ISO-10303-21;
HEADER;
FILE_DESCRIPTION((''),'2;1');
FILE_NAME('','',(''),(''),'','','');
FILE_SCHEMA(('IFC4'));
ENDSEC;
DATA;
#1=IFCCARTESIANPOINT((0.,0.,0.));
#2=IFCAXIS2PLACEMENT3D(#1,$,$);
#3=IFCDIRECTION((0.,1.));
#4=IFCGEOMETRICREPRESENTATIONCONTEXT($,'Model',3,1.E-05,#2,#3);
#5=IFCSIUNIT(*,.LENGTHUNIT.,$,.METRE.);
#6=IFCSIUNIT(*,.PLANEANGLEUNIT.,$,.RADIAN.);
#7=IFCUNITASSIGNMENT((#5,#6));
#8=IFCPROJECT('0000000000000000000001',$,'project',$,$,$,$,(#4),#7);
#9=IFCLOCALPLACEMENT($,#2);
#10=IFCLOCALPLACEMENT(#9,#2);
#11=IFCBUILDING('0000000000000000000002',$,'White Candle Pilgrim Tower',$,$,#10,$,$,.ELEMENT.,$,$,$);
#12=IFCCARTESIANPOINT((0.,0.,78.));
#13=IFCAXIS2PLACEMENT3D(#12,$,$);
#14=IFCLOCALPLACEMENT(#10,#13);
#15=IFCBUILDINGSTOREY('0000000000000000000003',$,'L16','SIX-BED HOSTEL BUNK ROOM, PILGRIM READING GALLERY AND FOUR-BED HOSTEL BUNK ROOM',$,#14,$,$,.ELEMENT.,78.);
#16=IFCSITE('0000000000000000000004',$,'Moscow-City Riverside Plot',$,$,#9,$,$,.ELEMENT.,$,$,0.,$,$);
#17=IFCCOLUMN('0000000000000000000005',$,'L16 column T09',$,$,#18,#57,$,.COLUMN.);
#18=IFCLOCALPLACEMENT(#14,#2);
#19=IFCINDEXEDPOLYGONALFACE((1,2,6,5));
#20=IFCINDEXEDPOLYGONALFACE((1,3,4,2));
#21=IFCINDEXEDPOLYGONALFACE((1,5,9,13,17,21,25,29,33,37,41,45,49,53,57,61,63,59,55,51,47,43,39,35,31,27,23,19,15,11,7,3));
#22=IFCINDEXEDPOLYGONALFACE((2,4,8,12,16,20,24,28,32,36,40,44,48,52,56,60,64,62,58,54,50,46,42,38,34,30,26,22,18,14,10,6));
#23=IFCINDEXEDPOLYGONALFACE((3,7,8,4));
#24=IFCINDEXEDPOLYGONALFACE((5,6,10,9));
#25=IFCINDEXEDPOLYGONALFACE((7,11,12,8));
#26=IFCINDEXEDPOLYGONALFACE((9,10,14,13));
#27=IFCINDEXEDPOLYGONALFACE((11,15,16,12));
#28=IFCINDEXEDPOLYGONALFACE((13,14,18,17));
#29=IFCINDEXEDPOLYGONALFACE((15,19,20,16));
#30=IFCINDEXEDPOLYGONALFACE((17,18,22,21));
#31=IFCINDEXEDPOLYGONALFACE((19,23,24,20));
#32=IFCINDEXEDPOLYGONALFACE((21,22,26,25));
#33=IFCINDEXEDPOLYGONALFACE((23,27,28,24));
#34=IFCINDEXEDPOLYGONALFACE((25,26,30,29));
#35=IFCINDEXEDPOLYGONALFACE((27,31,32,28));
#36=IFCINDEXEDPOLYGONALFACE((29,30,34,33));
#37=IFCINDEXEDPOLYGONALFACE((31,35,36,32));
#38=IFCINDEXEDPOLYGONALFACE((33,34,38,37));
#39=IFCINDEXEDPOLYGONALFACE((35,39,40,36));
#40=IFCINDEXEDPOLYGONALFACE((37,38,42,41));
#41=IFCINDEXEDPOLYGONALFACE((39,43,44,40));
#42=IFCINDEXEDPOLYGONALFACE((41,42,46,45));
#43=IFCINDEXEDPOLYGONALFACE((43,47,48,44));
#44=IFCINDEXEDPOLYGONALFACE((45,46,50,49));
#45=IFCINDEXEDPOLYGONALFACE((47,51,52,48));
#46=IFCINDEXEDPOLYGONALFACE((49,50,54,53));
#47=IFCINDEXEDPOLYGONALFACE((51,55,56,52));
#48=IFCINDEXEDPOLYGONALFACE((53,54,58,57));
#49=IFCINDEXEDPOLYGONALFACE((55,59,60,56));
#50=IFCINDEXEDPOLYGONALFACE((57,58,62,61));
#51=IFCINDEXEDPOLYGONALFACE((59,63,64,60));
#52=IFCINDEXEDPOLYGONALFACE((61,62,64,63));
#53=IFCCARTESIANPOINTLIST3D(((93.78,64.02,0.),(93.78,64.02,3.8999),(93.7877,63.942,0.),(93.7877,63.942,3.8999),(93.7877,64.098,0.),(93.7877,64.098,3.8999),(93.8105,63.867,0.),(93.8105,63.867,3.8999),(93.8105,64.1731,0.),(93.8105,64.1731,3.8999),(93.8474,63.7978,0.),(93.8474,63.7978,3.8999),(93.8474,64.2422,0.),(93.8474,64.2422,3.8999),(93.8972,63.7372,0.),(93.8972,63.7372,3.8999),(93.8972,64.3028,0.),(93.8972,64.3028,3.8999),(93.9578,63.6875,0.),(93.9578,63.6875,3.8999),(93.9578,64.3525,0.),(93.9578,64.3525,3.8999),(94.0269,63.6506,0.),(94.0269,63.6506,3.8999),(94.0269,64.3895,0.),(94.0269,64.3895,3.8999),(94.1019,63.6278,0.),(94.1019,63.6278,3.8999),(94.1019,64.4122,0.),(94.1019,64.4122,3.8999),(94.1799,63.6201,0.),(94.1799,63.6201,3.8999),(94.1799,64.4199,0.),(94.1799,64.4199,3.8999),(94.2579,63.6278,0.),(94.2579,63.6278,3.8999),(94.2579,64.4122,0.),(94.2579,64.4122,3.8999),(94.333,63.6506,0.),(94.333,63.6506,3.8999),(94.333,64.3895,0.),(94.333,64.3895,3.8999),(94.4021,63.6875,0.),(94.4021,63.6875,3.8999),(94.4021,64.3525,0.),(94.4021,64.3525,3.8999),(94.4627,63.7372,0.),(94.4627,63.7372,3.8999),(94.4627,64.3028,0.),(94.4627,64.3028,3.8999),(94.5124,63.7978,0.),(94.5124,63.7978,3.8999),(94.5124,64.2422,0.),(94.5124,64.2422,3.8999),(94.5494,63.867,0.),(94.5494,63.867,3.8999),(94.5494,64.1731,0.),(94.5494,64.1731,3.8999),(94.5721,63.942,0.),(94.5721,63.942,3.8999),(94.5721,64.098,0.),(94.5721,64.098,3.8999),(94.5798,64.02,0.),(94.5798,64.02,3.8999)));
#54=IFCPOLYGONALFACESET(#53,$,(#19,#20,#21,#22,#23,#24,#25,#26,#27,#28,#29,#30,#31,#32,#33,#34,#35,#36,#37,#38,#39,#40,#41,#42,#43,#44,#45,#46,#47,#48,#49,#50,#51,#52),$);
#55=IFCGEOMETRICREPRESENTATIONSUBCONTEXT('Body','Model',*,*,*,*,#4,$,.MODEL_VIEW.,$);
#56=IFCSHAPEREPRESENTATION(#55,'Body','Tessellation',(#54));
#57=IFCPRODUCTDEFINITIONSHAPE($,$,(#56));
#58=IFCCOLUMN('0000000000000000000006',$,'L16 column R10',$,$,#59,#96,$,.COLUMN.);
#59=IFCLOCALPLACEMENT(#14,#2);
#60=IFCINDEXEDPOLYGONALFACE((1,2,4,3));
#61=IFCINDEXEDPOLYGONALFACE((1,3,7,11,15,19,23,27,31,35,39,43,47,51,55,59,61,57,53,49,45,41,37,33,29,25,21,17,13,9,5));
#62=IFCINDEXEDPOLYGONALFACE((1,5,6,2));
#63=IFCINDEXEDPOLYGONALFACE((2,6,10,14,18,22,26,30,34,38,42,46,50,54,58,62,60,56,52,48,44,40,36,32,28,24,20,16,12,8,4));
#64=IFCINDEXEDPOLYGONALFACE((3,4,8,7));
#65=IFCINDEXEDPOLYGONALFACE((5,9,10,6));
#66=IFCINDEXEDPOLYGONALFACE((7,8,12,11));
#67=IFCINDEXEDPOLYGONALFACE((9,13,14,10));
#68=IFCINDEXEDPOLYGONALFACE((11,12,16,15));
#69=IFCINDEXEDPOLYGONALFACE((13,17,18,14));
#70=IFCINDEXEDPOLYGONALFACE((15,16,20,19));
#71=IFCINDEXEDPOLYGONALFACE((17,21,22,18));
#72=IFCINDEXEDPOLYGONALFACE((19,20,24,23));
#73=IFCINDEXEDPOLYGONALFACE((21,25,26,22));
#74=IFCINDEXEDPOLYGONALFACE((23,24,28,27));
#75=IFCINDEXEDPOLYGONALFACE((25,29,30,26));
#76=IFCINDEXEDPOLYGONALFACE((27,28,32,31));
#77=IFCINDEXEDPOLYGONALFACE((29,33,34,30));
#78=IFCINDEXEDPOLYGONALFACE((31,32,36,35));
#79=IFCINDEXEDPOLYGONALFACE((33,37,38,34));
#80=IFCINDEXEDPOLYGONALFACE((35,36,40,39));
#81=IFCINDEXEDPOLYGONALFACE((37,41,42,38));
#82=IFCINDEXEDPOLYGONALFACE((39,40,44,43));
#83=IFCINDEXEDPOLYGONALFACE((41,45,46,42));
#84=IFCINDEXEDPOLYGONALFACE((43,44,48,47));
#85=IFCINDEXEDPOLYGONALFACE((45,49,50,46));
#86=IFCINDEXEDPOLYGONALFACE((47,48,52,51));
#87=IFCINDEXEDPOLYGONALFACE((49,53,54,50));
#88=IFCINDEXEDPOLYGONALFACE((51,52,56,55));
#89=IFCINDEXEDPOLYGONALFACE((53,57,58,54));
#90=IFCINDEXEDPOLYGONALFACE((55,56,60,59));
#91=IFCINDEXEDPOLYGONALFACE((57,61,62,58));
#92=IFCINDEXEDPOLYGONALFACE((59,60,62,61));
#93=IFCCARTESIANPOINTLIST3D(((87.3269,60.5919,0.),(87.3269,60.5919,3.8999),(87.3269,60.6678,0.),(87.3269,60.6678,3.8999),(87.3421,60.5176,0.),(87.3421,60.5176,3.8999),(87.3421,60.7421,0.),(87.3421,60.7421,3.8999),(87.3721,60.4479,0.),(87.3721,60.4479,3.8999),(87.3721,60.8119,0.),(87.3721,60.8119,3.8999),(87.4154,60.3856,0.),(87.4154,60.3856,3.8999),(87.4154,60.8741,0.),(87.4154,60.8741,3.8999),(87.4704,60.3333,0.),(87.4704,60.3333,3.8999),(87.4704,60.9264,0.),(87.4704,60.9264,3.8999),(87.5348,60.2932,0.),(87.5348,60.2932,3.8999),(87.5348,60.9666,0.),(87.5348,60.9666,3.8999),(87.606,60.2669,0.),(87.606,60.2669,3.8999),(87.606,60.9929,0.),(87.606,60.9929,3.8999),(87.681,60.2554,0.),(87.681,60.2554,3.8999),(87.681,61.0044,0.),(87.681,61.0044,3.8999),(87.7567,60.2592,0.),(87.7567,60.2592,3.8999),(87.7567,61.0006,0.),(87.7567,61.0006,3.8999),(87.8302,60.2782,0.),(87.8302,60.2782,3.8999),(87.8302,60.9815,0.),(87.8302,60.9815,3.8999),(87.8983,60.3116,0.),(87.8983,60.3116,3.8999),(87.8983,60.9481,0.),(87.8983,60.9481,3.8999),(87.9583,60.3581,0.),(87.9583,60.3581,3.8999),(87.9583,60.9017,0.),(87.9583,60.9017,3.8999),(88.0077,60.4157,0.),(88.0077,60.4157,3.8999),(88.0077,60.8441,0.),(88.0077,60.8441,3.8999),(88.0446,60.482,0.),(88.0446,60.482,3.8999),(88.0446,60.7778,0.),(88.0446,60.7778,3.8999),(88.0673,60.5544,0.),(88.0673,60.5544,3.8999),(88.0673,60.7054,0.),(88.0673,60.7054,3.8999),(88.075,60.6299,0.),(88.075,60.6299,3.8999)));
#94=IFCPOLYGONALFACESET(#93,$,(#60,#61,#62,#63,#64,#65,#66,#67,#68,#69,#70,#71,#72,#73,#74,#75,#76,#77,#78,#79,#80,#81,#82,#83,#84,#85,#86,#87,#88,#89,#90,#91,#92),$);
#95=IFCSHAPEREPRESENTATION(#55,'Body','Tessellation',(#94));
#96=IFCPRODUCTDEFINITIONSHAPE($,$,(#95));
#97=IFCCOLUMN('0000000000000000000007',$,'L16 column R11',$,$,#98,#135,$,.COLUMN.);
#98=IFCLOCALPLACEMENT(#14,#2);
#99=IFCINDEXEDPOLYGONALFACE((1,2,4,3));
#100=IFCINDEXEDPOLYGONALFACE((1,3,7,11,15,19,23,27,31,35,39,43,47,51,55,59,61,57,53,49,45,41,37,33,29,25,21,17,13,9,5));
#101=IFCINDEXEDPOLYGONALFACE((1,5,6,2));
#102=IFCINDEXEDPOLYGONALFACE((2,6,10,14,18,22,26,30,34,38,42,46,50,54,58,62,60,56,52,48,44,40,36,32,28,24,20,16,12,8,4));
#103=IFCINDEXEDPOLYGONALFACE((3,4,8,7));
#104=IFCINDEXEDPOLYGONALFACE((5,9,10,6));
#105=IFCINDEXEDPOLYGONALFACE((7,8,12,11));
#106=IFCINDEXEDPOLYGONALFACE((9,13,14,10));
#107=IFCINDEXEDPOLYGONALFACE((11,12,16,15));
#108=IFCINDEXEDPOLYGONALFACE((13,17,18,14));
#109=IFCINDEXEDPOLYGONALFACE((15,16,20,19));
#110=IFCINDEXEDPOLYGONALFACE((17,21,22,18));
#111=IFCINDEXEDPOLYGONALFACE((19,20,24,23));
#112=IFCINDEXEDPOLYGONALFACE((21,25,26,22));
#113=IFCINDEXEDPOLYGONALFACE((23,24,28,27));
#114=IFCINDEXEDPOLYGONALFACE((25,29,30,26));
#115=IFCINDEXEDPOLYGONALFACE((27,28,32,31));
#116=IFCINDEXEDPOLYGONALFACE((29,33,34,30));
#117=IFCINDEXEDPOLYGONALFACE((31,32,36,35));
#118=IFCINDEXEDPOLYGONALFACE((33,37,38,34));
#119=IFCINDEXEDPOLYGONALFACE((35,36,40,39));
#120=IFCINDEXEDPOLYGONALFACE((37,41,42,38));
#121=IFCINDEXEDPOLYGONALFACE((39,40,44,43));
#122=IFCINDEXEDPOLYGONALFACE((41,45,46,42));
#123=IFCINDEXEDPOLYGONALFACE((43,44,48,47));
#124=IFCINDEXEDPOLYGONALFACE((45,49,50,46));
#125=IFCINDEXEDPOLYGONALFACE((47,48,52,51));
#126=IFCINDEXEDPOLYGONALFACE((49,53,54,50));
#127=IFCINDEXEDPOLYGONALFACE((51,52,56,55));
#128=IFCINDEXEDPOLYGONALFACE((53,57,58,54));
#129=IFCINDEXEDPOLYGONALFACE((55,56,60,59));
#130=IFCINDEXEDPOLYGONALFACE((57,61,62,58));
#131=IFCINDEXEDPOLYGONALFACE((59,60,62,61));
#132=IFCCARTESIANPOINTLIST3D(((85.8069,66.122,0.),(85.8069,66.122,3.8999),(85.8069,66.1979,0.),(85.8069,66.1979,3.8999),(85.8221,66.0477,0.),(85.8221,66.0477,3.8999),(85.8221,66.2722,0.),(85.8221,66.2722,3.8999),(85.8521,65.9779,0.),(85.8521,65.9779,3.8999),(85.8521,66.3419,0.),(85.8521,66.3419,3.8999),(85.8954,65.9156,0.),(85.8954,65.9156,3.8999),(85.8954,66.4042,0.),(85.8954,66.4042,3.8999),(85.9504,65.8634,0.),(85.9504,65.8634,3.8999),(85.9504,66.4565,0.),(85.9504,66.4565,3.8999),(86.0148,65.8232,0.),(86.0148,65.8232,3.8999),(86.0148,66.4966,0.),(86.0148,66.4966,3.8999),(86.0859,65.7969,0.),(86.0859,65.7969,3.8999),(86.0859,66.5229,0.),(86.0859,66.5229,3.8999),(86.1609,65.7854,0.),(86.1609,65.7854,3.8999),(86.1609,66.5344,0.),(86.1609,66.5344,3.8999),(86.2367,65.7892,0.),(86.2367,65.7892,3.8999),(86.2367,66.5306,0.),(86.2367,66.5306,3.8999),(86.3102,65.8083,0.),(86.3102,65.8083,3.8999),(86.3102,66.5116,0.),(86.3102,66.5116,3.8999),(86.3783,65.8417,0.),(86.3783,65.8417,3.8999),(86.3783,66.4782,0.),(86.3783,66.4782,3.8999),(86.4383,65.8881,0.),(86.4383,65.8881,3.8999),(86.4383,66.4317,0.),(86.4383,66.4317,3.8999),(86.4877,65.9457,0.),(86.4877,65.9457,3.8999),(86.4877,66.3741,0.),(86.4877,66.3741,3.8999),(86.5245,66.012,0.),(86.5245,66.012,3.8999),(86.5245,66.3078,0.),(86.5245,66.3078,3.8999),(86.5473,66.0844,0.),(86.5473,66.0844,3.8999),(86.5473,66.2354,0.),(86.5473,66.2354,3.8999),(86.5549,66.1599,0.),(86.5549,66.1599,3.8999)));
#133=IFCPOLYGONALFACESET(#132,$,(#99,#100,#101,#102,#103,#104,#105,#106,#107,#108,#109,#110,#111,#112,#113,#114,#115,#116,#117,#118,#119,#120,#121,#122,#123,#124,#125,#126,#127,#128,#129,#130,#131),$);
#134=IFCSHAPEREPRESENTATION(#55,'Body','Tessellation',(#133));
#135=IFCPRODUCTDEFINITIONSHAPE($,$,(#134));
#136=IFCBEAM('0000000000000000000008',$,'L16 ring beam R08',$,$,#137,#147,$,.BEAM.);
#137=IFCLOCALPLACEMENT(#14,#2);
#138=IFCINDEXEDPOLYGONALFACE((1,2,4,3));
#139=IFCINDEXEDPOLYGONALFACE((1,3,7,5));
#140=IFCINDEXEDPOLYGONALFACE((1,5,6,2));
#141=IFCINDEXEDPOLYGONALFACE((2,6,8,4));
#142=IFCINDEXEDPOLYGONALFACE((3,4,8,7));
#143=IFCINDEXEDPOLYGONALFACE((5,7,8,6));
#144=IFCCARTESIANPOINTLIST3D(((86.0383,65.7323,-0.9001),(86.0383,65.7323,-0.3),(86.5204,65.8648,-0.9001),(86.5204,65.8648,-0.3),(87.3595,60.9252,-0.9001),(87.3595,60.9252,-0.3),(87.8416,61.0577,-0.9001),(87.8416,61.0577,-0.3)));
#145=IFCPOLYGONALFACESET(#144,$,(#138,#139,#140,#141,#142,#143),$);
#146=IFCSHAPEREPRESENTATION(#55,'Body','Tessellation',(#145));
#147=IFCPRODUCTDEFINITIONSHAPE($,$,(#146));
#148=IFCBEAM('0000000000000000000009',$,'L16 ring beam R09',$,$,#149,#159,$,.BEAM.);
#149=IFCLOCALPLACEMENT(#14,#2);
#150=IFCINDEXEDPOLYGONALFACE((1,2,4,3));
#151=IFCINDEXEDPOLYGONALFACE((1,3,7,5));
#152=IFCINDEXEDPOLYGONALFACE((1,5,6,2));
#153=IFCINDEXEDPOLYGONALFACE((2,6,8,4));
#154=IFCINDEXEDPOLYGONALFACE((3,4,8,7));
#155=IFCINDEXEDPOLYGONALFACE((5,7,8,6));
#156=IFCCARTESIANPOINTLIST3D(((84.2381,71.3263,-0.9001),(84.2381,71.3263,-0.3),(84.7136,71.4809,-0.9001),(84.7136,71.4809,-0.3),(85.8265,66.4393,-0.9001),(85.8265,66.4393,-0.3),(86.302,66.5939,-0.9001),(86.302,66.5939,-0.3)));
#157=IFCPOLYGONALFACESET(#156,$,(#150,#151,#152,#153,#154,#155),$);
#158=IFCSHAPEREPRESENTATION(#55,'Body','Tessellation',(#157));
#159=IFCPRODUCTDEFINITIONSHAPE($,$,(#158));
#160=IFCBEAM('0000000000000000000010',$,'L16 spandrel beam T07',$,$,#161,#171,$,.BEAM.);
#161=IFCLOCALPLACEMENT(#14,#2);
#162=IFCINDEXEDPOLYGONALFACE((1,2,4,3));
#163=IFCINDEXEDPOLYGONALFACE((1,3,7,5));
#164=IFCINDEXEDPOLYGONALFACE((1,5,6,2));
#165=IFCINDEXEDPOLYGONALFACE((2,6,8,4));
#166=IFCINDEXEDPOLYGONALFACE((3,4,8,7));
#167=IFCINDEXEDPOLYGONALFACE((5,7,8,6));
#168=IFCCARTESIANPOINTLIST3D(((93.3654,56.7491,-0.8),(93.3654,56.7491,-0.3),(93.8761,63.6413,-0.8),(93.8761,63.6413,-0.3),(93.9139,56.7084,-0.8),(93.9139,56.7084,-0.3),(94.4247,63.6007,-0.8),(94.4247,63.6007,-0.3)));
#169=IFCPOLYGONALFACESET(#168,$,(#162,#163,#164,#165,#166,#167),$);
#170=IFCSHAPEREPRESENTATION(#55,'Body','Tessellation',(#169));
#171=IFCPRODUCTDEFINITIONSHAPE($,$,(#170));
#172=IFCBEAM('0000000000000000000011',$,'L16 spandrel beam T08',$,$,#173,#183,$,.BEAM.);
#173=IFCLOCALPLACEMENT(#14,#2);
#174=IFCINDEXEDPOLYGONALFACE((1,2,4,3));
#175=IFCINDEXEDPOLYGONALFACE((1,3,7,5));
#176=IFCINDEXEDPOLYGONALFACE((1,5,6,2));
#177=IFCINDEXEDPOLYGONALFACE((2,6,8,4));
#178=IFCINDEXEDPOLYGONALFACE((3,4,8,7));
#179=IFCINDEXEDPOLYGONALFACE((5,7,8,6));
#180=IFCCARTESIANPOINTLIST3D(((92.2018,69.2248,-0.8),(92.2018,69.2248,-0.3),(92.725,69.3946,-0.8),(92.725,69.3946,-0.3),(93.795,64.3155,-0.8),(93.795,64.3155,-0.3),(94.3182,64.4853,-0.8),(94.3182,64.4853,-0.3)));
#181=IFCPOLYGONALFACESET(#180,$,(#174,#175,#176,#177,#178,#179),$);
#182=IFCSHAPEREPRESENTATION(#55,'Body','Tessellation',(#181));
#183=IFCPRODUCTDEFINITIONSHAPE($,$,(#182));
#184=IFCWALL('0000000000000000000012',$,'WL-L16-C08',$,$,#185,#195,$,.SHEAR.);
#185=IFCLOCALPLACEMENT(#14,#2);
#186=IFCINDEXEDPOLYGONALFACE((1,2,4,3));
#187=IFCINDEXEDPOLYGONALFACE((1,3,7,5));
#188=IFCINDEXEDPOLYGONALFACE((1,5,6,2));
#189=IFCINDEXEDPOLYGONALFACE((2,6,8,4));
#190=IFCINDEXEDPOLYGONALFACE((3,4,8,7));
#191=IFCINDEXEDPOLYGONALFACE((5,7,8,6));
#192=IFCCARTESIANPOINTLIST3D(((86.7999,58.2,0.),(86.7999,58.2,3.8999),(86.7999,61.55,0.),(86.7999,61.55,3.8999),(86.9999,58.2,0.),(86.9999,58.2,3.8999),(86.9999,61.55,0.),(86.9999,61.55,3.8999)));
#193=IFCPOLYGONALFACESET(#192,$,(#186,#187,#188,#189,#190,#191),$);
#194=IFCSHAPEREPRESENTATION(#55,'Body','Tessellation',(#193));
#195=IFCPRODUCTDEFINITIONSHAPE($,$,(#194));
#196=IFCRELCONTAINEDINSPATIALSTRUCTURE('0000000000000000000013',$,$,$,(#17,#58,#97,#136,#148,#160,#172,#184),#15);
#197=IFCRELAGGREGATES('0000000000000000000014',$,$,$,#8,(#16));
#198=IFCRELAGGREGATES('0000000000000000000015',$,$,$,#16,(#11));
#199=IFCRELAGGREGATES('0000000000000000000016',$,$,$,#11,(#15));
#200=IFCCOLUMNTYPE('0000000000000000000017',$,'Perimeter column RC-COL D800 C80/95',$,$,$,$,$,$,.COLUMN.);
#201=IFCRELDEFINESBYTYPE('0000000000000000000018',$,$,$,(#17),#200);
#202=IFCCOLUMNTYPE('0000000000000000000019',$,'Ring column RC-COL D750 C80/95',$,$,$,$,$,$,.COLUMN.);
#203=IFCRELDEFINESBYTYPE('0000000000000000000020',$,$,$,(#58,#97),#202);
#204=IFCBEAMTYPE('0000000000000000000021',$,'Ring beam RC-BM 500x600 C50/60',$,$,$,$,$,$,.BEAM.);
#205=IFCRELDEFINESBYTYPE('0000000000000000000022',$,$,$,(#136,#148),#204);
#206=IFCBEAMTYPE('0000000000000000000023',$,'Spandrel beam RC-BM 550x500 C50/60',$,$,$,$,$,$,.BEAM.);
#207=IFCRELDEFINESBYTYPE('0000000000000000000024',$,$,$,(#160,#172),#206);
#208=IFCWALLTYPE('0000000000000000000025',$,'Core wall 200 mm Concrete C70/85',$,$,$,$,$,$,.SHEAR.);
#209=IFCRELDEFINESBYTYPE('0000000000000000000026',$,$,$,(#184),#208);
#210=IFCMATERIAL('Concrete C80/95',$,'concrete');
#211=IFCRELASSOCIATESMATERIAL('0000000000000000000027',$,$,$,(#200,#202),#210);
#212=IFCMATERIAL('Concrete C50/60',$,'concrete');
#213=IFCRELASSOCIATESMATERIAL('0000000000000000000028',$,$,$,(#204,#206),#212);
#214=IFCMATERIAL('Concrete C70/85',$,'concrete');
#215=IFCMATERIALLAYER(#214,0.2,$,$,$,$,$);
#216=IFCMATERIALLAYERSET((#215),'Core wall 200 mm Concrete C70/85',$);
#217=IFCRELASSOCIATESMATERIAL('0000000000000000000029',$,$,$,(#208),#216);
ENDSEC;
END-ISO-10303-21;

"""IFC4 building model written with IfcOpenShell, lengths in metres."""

from ifc_helpers import new_model, si_unit, direction, frame, frame_2d, origin, origin_2d, place, context, subcontext, project, spatial, rectangle, circle, extrude, material, layer, layer_set, material_profile, profile_set, type_object, element, save


model = new_model("IFC4")

# Units and contexts
model_context = context("Model", 3, precision=1e-05, world=origin(), true_north=direction((0.0, 1.0)))
body_context = subcontext(model_context, "Body", "Model", "MODEL_VIEW")
ifc_project = project(units=[si_unit("LENGTHUNIT", "METRE"), si_unit("PLANEANGLEUNIT", "RADIAN")], contexts=[model_context])

# Site, building, storey
site_placement = place(None, origin())
site = spatial("IfcSite", under=ifc_project, at=site_placement, Name="Moscow-City Riverside Plot", CompositionType="ELEMENT", RefElevation=0.0)
building_placement = place(site_placement, origin())
building = spatial("IfcBuilding", under=site, at=building_placement, Name="White Candle Pilgrim Tower", CompositionType="ELEMENT")
storey_placement = place(building_placement, frame((0.0, 0.0, 78.0)))
storey = spatial("IfcBuildingStorey", under=building, at=storey_placement, Name="L16", Description="SIX-BED HOSTEL BUNK ROOM, PILGRIM READING GALLERY AND FOUR-BED HOSTEL BUNK ROOM", CompositionType="ELEMENT", Elevation=78.0)

# Columns
ifc_material_1 = material(Name="Concrete C80/95", Category="concrete")
ifc_material_profile_1 = material_profile(ifc_material_1, circle(Radius=0.3999, at=origin_2d()), Name="RC-COL D800")
ifc_profile_set_1 = profile_set([ifc_material_profile_1], Name="Concrete C80/95")
column_type_1 = type_object("IfcColumnType", Name="Perimeter column RC-COL D800 C80/95", PredefinedType="COLUMN", material=ifc_profile_set_1)
column_placement = place(storey_placement, frame((94.1799, 64.02, 0.0), z_axis=(0.0, 0.0, 1.0), x_axis=(1.0, 0.0, 0.0)))
element("IfcColumn", 1, at=column_placement, inside=storey, type_object=column_type_1, Name="L16 column T09", PredefinedType="COLUMN", context=body_context, shape_type="SweptSolid", body=[
    extrude(circle(Radius=0.3999, at=origin_2d()), origin(), (0.0, 0.0, 1.0), 3.8999),
])
ifc_material_profile_2 = material_profile(ifc_material_1, circle(Radius=0.375, at=origin_2d()), Name="RC-COL D750")
ifc_profile_set_2 = profile_set([ifc_material_profile_2], Name="Concrete C80/95")
column_type_2 = type_object("IfcColumnType", Name="Ring column RC-COL D750 C80/95", PredefinedType="COLUMN", material=ifc_profile_set_2)
for number, where, z_axis, x_axis, name in (
    (2, (87.7, 60.6299, 0.0), (0.0, 0.0, 1.0), (1.0, 0.0, 0.0), "L16 column R10"),
    (3, (86.1799, 66.1599, 0.0), (0.0, 0.0, 1.0), (1.0, 0.0, 0.0), "L16 column R11"),
):
    element("IfcColumn", number, at=place(storey_placement, frame(where, z_axis=z_axis, x_axis=x_axis)), inside=storey, type_object=column_type_2, Name=name, PredefinedType="COLUMN", context=body_context, shape_type="SweptSolid", body=[
        extrude(circle(Radius=0.375, at=origin_2d()), origin(), (0.0, 0.0, 1.0), 3.8999),
    ])

# Beams
ifc_material_2 = material(Name="Concrete C50/60", Category="concrete")
ifc_material_profile_3 = material_profile(ifc_material_2, rectangle(XDim=0.5, YDim=0.6001, at=origin_2d()), Name="RC-BM 500x600")
ifc_profile_set_3 = profile_set([ifc_material_profile_3], Name="Concrete C50/60")
beam_type_1 = type_object("IfcBeamType", Name="Ring beam RC-BM 500x600 C50/60", PredefinedType="BEAM", material=ifc_profile_set_3)
beam_1_placement = place(storey_placement, frame((87.6006, 60.9915, -0.6001), z_axis=(-0.265031, 0.96424, 0.0), x_axis=(-0.96424, -0.265031, 0.0)))
element("IfcBeam", 4, at=beam_1_placement, inside=storey, type_object=beam_type_1, Name="L16 ring beam R08", PredefinedType="BEAM", context=body_context, shape_type="SweptSolid", body=[
    extrude(rectangle(XDim=0.5, YDim=0.6001, at=origin_2d()), origin(), (0.0, 0.0, 1.0), 4.9854),
])
beam_2_placement = place(storey_placement, frame((86.0642, 66.5166, -0.6001), z_axis=(-0.309106, 0.951027, 0.0), x_axis=(-0.951027, -0.309106, 0.0)))
element("IfcBeam", 5, at=beam_2_placement, inside=storey, type_object=beam_type_1, Name="L16 ring beam R09", PredefinedType="BEAM", context=body_context, shape_type="SweptSolid", body=[
    extrude(rectangle(XDim=0.5, YDim=0.6001, at=origin_2d()), origin(), (0.0, 0.0, 1.0), 5.1387),
])
ifc_material_profile_4 = material_profile(ifc_material_2, rectangle(XDim=0.55, YDim=0.5, at=origin_2d()), Name="RC-BM 550x500")
ifc_profile_set_4 = profile_set([ifc_material_profile_4], Name="Concrete C50/60")
beam_type_2 = type_object("IfcBeamType", Name="Spandrel beam RC-BM 550x500 C50/60", PredefinedType="BEAM", material=ifc_profile_set_4)
beam_3_placement = place(storey_placement, frame((93.6396, 56.7288, -0.55), z_axis=(0.0739, 0.997266, 0.0), x_axis=(-0.997266, 0.0739, 0.0)))
element("IfcBeam", 6, at=beam_3_placement, inside=storey, type_object=beam_type_2, Name="L16 spandrel beam T07", PredefinedType="BEAM", context=body_context, shape_type="SweptSolid", body=[
    extrude(rectangle(XDim=0.55, YDim=0.5, at=origin_2d()), origin(), (0.0, 0.0, 1.0), 6.9111),
])
beam_4_placement = place(storey_placement, frame((94.0566, 64.4004, -0.55), z_axis=(-0.308683, 0.951165, 0.0), x_axis=(-0.951165, -0.308683, 0.0)))
element("IfcBeam", 7, at=beam_4_placement, inside=storey, type_object=beam_type_2, Name="L16 spandrel beam T08", PredefinedType="BEAM", context=body_context, shape_type="SweptSolid", body=[
    extrude(rectangle(XDim=0.55, YDim=0.5, at=origin_2d()), origin(), (0.0, 0.0, 1.0), 5.1614),
])

# Wall
ifc_material_3 = material(Name="Concrete C70/85", Category="concrete")
ifc_layer_1 = layer(ifc_material_3, 0.2)
ifc_layer_set_1 = layer_set([ifc_layer_1], Name="Core wall 200 mm Concrete C70/85")
wall_type_1 = type_object("IfcWallType", Name="Core wall 200 mm Concrete C70/85", PredefinedType="SHEAR", material=ifc_layer_set_1)
wall_1_placement = place(storey_placement, frame((86.8999, 58.2, 0.0), z_axis=(0.0, 0.0, 1.0), x_axis=(0.0, 1.0, 0.0)))
element("IfcWall", 8, at=wall_1_placement, inside=storey, type_object=wall_type_1, Name="WL-L16-C08", PredefinedType="SHEAR", context=body_context, shape_type="SweptSolid", body=[
    extrude(rectangle(XDim=3.3501, YDim=0.2, at=frame_2d((1.675, 0.0))), origin(), (0.0, 0.0, 1.0), 3.8999),
])

save(model, "model.ifc")
